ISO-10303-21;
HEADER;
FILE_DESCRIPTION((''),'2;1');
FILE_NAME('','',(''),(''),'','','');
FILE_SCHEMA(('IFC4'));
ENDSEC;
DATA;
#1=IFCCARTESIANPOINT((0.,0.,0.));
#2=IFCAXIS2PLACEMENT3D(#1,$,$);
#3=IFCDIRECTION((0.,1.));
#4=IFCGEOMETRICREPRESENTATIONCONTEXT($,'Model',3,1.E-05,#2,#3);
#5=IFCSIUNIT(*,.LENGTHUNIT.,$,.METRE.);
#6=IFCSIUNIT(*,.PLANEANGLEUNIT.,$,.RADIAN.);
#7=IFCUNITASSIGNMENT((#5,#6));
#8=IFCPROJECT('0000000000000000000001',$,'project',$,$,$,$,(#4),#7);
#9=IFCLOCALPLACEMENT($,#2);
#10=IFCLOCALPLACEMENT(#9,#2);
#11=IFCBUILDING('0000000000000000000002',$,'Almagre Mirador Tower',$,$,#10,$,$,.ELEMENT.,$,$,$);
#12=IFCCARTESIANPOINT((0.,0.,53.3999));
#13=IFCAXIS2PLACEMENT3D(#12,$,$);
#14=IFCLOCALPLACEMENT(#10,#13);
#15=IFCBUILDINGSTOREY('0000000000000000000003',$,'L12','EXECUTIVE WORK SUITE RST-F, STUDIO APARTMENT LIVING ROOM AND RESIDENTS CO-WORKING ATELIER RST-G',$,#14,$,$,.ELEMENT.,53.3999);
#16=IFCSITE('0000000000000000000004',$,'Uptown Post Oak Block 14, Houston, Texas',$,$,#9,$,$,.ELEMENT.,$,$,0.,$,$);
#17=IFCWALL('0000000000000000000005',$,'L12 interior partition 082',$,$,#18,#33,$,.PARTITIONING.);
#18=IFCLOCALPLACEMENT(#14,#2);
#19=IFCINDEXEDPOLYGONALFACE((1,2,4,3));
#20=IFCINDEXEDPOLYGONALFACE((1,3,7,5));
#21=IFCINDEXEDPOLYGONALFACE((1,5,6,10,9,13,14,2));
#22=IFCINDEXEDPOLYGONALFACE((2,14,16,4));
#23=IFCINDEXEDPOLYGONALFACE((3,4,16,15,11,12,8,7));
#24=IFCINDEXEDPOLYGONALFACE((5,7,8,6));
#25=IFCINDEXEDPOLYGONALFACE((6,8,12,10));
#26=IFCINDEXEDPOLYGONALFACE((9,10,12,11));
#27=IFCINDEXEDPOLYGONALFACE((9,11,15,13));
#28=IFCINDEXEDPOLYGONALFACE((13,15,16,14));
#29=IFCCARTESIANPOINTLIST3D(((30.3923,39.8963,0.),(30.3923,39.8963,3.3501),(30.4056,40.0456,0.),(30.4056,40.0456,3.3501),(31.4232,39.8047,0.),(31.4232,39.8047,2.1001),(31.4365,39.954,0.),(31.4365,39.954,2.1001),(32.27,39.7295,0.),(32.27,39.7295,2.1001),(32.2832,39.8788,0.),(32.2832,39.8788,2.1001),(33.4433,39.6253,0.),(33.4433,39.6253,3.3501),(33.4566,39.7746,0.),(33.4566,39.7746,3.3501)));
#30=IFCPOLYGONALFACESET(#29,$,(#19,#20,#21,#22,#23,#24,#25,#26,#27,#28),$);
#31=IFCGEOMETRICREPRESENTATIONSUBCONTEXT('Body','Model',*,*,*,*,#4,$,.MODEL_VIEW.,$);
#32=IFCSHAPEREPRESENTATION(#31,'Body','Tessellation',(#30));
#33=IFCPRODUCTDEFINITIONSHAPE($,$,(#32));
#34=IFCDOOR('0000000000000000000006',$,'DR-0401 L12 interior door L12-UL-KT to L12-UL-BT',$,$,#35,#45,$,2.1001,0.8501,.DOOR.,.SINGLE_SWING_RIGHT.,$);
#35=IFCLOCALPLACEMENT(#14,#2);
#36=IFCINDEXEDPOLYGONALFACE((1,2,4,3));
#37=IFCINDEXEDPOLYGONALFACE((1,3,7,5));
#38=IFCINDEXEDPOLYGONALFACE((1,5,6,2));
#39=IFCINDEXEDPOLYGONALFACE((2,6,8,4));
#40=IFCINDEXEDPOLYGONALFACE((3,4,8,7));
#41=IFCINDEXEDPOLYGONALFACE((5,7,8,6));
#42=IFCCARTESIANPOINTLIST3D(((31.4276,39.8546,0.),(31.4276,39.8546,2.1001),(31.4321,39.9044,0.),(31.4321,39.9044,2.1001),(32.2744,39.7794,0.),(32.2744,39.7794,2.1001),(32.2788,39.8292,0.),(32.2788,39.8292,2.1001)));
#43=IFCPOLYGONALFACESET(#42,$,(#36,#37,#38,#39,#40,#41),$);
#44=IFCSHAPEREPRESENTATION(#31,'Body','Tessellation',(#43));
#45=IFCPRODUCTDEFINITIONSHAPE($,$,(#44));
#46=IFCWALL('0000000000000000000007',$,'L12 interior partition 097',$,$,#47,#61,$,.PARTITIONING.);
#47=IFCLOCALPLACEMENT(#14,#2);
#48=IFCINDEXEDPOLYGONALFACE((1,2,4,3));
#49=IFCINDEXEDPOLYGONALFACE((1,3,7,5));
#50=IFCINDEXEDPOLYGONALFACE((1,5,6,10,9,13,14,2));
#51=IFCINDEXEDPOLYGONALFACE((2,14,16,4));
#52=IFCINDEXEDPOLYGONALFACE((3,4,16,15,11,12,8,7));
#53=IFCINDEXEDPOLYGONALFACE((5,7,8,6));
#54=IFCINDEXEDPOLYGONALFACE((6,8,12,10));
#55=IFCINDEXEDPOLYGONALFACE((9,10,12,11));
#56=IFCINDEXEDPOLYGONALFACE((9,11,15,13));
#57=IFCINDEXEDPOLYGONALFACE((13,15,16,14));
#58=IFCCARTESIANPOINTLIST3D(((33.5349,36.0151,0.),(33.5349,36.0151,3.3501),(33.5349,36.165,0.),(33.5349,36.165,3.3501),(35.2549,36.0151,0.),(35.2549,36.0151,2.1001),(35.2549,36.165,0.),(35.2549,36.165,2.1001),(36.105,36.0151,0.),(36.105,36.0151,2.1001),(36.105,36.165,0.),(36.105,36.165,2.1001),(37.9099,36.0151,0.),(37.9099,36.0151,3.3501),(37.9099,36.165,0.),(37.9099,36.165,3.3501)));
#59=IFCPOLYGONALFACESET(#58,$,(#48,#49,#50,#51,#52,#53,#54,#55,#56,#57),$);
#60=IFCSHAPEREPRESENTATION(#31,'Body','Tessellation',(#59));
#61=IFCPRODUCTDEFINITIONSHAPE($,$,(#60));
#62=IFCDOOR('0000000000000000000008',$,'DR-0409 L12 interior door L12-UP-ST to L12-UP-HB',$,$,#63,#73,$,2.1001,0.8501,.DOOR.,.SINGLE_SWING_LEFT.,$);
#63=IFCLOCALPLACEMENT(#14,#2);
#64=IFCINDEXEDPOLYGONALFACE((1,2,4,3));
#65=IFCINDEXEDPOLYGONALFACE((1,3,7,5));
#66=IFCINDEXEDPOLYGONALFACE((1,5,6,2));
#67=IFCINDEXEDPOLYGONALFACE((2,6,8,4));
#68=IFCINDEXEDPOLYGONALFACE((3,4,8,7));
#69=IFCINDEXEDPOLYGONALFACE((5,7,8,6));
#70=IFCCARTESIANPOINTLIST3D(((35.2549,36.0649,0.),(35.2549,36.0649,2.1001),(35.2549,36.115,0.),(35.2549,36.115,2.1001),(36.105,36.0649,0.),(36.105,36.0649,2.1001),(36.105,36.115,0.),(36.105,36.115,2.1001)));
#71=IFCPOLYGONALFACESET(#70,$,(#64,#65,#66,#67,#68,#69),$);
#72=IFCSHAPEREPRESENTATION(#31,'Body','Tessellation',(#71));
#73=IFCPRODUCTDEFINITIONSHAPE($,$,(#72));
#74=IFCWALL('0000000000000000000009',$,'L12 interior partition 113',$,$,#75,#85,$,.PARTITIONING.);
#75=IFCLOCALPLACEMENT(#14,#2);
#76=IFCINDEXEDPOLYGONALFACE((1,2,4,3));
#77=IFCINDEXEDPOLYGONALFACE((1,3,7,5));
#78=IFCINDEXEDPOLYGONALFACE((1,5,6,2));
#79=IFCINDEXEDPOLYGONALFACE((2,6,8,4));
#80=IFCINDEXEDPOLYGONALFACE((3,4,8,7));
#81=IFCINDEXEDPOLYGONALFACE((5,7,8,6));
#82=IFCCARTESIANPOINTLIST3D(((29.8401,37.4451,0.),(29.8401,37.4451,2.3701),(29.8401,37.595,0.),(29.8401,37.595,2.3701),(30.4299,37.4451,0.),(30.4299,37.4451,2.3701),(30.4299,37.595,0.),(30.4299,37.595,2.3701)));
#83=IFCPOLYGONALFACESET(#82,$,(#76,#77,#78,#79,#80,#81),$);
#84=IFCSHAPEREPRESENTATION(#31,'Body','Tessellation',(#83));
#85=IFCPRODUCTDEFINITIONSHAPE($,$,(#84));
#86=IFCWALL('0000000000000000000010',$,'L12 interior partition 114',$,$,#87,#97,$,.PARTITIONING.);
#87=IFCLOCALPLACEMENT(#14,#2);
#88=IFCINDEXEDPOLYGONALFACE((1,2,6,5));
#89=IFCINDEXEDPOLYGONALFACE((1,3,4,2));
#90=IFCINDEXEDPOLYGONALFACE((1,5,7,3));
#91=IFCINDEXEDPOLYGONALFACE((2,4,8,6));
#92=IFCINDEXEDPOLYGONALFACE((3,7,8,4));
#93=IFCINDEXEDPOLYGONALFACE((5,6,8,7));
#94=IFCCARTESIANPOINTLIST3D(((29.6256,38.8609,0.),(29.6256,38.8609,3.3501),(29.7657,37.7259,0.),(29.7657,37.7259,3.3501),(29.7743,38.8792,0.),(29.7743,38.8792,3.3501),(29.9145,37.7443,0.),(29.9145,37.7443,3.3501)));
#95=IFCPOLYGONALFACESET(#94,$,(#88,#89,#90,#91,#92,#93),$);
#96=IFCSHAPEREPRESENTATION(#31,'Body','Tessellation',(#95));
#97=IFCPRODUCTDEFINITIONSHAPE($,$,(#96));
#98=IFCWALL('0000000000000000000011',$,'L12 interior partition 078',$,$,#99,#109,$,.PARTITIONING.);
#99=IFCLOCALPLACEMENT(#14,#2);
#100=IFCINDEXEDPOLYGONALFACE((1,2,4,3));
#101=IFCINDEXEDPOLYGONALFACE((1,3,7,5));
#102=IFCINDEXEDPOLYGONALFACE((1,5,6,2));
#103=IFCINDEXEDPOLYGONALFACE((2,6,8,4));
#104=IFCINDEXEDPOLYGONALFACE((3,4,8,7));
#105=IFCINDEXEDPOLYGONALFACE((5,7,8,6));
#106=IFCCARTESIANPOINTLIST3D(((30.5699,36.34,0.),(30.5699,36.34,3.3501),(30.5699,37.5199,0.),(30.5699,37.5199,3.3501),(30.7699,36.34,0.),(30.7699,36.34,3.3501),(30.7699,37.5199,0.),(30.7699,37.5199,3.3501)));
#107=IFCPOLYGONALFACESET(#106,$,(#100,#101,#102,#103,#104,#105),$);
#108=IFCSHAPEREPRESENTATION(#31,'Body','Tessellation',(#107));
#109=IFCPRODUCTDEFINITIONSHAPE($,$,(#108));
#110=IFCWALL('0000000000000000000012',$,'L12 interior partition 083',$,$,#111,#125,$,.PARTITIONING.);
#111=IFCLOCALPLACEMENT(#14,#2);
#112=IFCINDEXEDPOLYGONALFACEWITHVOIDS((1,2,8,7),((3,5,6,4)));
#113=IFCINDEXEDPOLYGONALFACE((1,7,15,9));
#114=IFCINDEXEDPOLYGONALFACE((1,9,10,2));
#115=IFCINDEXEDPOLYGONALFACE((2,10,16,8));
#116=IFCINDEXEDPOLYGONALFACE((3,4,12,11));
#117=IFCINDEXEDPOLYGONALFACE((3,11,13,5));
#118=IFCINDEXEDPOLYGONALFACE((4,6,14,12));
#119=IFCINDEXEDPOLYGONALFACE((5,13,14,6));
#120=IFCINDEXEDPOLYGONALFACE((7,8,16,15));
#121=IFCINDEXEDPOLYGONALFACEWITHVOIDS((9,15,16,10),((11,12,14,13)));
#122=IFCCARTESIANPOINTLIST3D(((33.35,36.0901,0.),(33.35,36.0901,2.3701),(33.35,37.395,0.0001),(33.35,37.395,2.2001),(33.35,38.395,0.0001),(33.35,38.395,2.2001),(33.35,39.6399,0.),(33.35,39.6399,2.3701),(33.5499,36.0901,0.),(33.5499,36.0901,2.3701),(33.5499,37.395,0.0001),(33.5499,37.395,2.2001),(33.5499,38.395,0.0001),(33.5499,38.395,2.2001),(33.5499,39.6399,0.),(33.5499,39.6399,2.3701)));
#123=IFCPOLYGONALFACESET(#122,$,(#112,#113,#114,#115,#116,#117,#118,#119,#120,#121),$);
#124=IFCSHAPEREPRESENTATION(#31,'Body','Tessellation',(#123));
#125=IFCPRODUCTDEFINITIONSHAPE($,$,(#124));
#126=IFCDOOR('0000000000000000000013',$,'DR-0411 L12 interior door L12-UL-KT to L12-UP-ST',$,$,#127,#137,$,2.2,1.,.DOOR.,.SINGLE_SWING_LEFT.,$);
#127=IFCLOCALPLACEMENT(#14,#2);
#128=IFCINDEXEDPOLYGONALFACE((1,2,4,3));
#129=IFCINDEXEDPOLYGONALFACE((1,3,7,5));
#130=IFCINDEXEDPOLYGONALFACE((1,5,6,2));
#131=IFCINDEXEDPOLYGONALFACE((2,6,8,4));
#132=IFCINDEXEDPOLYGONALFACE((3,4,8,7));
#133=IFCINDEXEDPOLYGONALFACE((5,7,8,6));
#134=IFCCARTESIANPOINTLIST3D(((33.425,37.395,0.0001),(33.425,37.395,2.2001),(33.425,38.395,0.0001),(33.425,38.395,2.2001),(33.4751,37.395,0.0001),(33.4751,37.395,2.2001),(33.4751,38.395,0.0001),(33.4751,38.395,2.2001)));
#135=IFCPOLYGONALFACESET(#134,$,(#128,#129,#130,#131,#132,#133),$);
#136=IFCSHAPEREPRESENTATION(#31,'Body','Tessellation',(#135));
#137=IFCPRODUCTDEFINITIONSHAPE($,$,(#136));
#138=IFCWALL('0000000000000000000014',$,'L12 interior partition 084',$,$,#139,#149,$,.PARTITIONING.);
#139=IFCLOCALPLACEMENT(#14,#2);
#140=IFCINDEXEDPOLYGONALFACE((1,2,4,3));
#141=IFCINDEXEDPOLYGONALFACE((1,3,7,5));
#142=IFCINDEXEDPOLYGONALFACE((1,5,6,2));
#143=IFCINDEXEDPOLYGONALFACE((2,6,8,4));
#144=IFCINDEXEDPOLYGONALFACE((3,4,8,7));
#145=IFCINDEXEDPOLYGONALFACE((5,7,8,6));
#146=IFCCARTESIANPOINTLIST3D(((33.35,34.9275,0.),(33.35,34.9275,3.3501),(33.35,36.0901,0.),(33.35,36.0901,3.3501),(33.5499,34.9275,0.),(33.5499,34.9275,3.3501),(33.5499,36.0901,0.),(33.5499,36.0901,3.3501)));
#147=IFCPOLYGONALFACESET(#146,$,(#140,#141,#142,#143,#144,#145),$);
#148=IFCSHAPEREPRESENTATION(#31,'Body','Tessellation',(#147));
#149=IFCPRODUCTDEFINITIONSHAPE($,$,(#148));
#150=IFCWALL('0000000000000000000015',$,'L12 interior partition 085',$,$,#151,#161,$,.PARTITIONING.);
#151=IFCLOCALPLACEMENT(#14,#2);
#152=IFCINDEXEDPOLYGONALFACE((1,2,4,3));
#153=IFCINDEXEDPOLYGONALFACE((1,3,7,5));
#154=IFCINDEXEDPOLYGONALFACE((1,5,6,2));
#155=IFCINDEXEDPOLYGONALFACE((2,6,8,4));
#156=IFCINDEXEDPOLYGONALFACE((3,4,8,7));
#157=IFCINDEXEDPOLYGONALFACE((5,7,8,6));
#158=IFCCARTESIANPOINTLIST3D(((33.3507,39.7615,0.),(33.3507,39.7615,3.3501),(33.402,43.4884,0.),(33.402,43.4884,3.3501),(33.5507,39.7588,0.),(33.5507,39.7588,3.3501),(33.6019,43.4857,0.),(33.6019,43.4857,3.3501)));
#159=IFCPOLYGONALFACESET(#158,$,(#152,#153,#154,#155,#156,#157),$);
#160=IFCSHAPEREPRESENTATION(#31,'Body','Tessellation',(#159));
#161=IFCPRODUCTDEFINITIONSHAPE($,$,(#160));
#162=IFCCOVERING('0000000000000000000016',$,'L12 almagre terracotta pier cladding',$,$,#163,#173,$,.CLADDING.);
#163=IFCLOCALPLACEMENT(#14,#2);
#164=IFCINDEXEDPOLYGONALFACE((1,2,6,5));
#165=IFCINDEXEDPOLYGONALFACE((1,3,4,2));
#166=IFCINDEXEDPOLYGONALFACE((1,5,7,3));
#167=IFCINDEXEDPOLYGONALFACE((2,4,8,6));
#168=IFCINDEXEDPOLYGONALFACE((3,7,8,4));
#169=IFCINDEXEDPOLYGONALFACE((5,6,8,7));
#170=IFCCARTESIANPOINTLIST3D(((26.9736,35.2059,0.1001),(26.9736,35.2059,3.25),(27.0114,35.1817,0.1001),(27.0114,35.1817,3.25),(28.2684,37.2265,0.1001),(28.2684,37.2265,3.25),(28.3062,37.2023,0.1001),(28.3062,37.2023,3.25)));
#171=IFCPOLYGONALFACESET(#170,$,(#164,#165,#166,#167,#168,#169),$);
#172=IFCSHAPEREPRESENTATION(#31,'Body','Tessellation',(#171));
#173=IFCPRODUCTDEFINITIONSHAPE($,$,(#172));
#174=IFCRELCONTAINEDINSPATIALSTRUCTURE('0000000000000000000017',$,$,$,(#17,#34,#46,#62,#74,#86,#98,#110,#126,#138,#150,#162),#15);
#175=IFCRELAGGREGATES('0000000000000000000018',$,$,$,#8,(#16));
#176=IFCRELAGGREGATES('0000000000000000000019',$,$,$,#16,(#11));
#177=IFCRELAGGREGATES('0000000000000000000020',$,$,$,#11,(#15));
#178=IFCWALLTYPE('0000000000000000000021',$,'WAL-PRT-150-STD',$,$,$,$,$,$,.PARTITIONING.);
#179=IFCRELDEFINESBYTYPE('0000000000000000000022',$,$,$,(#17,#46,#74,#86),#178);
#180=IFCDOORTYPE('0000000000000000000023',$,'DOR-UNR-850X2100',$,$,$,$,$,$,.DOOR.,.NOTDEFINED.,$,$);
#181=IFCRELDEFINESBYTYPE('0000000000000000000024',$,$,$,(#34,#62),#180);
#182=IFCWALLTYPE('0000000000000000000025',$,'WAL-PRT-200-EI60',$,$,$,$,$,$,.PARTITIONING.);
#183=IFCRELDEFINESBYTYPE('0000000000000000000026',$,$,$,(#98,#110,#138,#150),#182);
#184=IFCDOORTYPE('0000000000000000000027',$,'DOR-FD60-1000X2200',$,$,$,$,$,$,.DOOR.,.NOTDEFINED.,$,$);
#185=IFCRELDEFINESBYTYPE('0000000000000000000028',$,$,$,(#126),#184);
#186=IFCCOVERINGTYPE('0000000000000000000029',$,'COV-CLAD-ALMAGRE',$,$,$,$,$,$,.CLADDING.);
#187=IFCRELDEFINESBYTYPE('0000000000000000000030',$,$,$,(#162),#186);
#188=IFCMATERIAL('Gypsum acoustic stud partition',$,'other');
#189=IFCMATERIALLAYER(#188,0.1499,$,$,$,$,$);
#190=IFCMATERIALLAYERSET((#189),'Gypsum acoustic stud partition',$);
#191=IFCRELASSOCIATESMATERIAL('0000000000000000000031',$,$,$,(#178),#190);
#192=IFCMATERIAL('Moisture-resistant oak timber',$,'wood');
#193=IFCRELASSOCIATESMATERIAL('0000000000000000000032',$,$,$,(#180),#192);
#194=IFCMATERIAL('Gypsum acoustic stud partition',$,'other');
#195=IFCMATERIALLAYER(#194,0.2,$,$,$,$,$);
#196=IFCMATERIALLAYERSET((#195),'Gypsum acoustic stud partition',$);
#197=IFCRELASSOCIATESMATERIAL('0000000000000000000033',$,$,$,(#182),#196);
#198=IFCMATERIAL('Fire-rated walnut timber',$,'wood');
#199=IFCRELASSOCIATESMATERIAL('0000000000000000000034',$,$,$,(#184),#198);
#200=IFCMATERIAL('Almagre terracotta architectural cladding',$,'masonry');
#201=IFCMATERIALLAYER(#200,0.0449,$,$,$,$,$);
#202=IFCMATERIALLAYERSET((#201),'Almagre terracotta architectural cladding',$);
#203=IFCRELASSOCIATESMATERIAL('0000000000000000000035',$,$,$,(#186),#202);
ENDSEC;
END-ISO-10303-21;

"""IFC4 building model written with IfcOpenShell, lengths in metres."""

from ifc_helpers import new_model, si_unit, direction, frame, frame_2d, origin, origin_2d, place, context, subcontext, project, spatial, rectangle, extrude, material, layer, layer_set, type_object, element, fill, save


model = new_model("IFC4")

# Units and contexts
model_context = context("Model", 3, precision=1e-05, world=origin(), true_north=direction((0.0, 1.0)))
body_context = subcontext(model_context, "Body", "Model", "MODEL_VIEW")
ifc_project = project(units=[si_unit("LENGTHUNIT", "METRE"), si_unit("PLANEANGLEUNIT", "RADIAN")], contexts=[model_context])

# Site, building, storey
site_placement = place(None, origin())
site = spatial("IfcSite", under=ifc_project, at=site_placement, Name="Uptown Post Oak Block 14, Houston, Texas", CompositionType="ELEMENT", RefElevation=0.0)
building_placement = place(site_placement, origin())
building = spatial("IfcBuilding", under=site, at=building_placement, Name="Almagre Mirador Tower", CompositionType="ELEMENT")
storey_placement = place(building_placement, frame((0.0, 0.0, 53.3999)))
storey = spatial("IfcBuildingStorey", under=building, at=storey_placement, Name="L12", Description="EXECUTIVE WORK SUITE RST-F, STUDIO APARTMENT LIVING ROOM AND RESIDENTS CO-WORKING ATELIER RST-G", CompositionType="ELEMENT", Elevation=53.3999)

# Shared definitions
ifc_material_1 = material(Name="Gypsum acoustic stud partition", Category="other")
ifc_layer_1 = layer(ifc_material_1, 0.1499)
ifc_layer_set_1 = layer_set([ifc_layer_1], Name="Gypsum acoustic stud partition")
wall_type_1 = type_object("IfcWallType", Name="WAL-PRT-150-STD", PredefinedType="PARTITIONING", material=ifc_layer_set_1)

# Walls, openings, doors
wall_1_placement = place(storey_placement, frame((33.45, 39.7, 0.0), z_axis=(0.0, 0.0, 1.0), x_axis=(-0.996079, 0.088473, 0.0)))
wall_1 = element("IfcWall", 1, at=wall_1_placement, inside=storey, type_object=wall_type_1, Name="L12 interior partition 082", PredefinedType="PARTITIONING", context=body_context, shape_type="SweptSolid", body=[
    extrude(rectangle(XDim=3.063, YDim=0.1499, at=frame_2d((1.5315, 0.0))), origin(), (0.0, 0.0, 1.0), 3.3501),
])
opening_1_placement = place(wall_1_placement, frame((1.178, 0.0, 0.0)))
opening_1 = element("IfcOpeningElement", 2, at=opening_1_placement, cuts=wall_1, PredefinedType="OPENING", context=body_context, shape_type="SweptSolid", body=[
    extrude(rectangle(XDim=0.8501, YDim=2.1001, at=frame_2d((0.425, 1.05))), frame((0.0, 0.085, 0.0), z_axis=(0.0, -1.0, 0.0), x_axis=(1.0, 0.0, 0.0)), (0.0, 0.0, 1.0), 0.1699),
])
ifc_material_2 = material(Name="Moisture-resistant oak timber", Category="wood")
door_type_1 = type_object("IfcDoorType", Name="DOR-UNR-850X2100", OperationType="NOTDEFINED", PredefinedType="DOOR", material=ifc_material_2)
door_1_placement = place(opening_1_placement, origin())
door_1 = element("IfcDoor", 3, at=door_1_placement, inside=storey, type_object=door_type_1, Name="DR-0401 L12 interior door L12-UL-KT to L12-UL-BT", OperationType="SINGLE_SWING_RIGHT", OverallHeight=2.1001, OverallWidth=0.8501, PredefinedType="DOOR", context=body_context, shape_type="SweptSolid", body=[
    extrude(rectangle(XDim=0.8501, YDim=2.1001, at=frame_2d((0.425, 1.05))), frame((0.0, 0.0249, 0.0), z_axis=(0.0, -1.0, 0.0), x_axis=(1.0, 0.0, 0.0)), (0.0, 0.0, 1.0), 0.05),
])
fill(opening_1, door_1)
wall_2_placement = place(storey_placement, frame((33.5349, 36.0901, 0.0), z_axis=(0.0, 0.0, 1.0), x_axis=(1.0, 0.0, 0.0)))
wall_2 = element("IfcWall", 4, at=wall_2_placement, inside=storey, type_object=wall_type_1, Name="L12 interior partition 097", PredefinedType="PARTITIONING", context=body_context, shape_type="SweptSolid", body=[
    extrude(rectangle(XDim=4.375, YDim=0.1499, at=frame_2d((2.1875, 0.0))), origin(), (0.0, 0.0, 1.0), 3.3501),
])
opening_2_placement = place(wall_2_placement, frame((1.72, 0.0, 0.0)))
opening_2 = element("IfcOpeningElement", 5, at=opening_2_placement, cuts=wall_2, PredefinedType="OPENING", context=body_context, shape_type="SweptSolid", body=[
    extrude(rectangle(XDim=0.8501, YDim=2.1001, at=frame_2d((0.425, 1.05))), frame((0.0, 0.085, 0.0), z_axis=(0.0, -1.0, 0.0), x_axis=(1.0, 0.0, 0.0)), (0.0, 0.0, 1.0), 0.1699),
])
door_2_placement = place(opening_2_placement, origin())
door_2 = element("IfcDoor", 6, at=door_2_placement, inside=storey, type_object=door_type_1, Name="DR-0409 L12 interior door L12-UP-ST to L12-UP-HB", OperationType="SINGLE_SWING_LEFT", OverallHeight=2.1001, OverallWidth=0.8501, PredefinedType="DOOR", context=body_context, shape_type="SweptSolid", body=[
    extrude(rectangle(XDim=0.8501, YDim=2.1001, at=frame_2d((0.425, 1.05))), frame((0.0, 0.0249, 0.0), z_axis=(0.0, -1.0, 0.0), x_axis=(1.0, 0.0, 0.0)), (0.0, 0.0, 1.0), 0.05),
])
fill(opening_2, door_2)

# Walls
wall_3_placement = place(storey_placement, frame((30.4299, 37.52, 0.0), z_axis=(0.0, 0.0, 1.0), x_axis=(-1.0, 0.0, 0.0)))
element("IfcWall", 7, at=wall_3_placement, inside=storey, type_object=wall_type_1, Name="L12 interior partition 113", PredefinedType="PARTITIONING", context=body_context, shape_type="SweptSolid", body=[
    extrude(rectangle(XDim=0.5898, YDim=0.1499, at=frame_2d((0.2949, 0.0))), origin(), (0.0, 0.0, 1.0), 2.3701),
])
wall_4_placement = place(storey_placement, frame((29.8401, 37.7351, 0.0), z_axis=(0.0, 0.0, 1.0), x_axis=(-0.122537, 0.992464, 0.0)))
element("IfcWall", 8, at=wall_4_placement, inside=storey, type_object=wall_type_1, Name="L12 interior partition 114", PredefinedType="PARTITIONING", context=body_context, shape_type="SweptSolid", body=[
    extrude(rectangle(XDim=1.1436, YDim=0.1499, at=frame_2d((0.5718, 0.0))), origin(), (0.0, 0.0, 1.0), 3.3501),
])
ifc_material_3 = material(Name="Gypsum acoustic stud partition", Category="other")
ifc_layer_2 = layer(ifc_material_3, 0.2)
ifc_layer_set_2 = layer_set([ifc_layer_2], Name="Gypsum acoustic stud partition")
wall_type_2 = type_object("IfcWallType", Name="WAL-PRT-200-EI60", PredefinedType="PARTITIONING", material=ifc_layer_set_2)
wall_5_placement = place(storey_placement, frame((30.6699, 36.3401, 0.0), z_axis=(0.0, 0.0, 1.0), x_axis=(0.0, 1.0, 0.0)))
element("IfcWall", 9, at=wall_5_placement, inside=storey, type_object=wall_type_2, Name="L12 interior partition 078", PredefinedType="PARTITIONING", context=body_context, shape_type="SweptSolid", body=[
    extrude(rectangle(XDim=1.1799, YDim=0.2, at=frame_2d((0.5898, 0.0))), origin(), (0.0, 0.0, 1.0), 3.3501),
])

# Wall, opening, door
wall_6_placement = place(storey_placement, frame((33.45, 36.0901, 0.0), z_axis=(0.0, 0.0, 1.0), x_axis=(0.0, 1.0, 0.0)))
wall_6 = element("IfcWall", 10, at=wall_6_placement, inside=storey, type_object=wall_type_2, Name="L12 interior partition 083", PredefinedType="PARTITIONING", context=body_context, shape_type="SweptSolid", body=[
    extrude(rectangle(XDim=3.5498, YDim=0.2, at=frame_2d((1.7749, 0.0))), origin(), (0.0, 0.0, 1.0), 2.3701),
])
opening_3_placement = place(wall_6_placement, frame((1.3049, 0.0, 0.0)))
opening_3 = element("IfcOpeningElement", 11, at=opening_3_placement, cuts=wall_6, PredefinedType="OPENING", context=body_context, shape_type="SweptSolid", body=[
    extrude(rectangle(XDim=1.0, YDim=2.2, at=frame_2d((0.5, 1.1001))), frame((0.0, 0.1101, 0.0), z_axis=(0.0, -1.0, 0.0), x_axis=(1.0, 0.0, 0.0)), (0.0, 0.0, 1.0), 0.22),
])
ifc_material_4 = material(Name="Fire-rated walnut timber", Category="wood")
door_type_2 = type_object("IfcDoorType", Name="DOR-FD60-1000X2200", OperationType="NOTDEFINED", PredefinedType="DOOR", material=ifc_material_4)
door_3_placement = place(opening_3_placement, origin())
door_3 = element("IfcDoor", 12, at=door_3_placement, inside=storey, type_object=door_type_2, Name="DR-0411 L12 interior door L12-UL-KT to L12-UP-ST", OperationType="SINGLE_SWING_LEFT", OverallHeight=2.2, OverallWidth=1.0, PredefinedType="DOOR", context=body_context, shape_type="SweptSolid", body=[
    extrude(rectangle(XDim=1.0, YDim=2.2, at=frame_2d((0.5, 1.1001))), frame((0.0, 0.0249, 0.0), z_axis=(0.0, -1.0, 0.0), x_axis=(1.0, 0.0, 0.0)), (0.0, 0.0, 1.0), 0.05),
])
fill(opening_3, door_3)

# Walls
wall_7_placement = place(storey_placement, frame((33.45, 34.9275, 0.0), z_axis=(0.0, 0.0, 1.0), x_axis=(0.0, 1.0, 0.0)))
element("IfcWall", 13, at=wall_7_placement, inside=storey, type_object=wall_type_2, Name="L12 interior partition 084", PredefinedType="PARTITIONING", context=body_context, shape_type="SweptSolid", body=[
    extrude(rectangle(XDim=1.1626, YDim=0.2, at=frame_2d((0.5813, 0.0))), origin(), (0.0, 0.0, 1.0), 3.3501),
])
wall_8_placement = place(storey_placement, frame((33.4507, 39.76, 0.0), z_axis=(0.0, 0.0, 1.0), x_axis=(0.013755, 0.999905, 0.0)))
element("IfcWall", 14, at=wall_8_placement, inside=storey, type_object=wall_type_2, Name="L12 interior partition 085", PredefinedType="PARTITIONING", context=body_context, shape_type="SweptSolid", body=[
    extrude(rectangle(XDim=3.7273, YDim=0.2, at=frame_2d((1.8638, 0.0))), origin(), (0.0, 0.0, 1.0), 3.3501),
])

# Covering
ifc_material_5 = material(Name="Almagre terracotta architectural cladding", Category="masonry")
ifc_layer_3 = layer(ifc_material_5, 0.0449)
ifc_layer_set_3 = layer_set([ifc_layer_3], Name="Almagre terracotta architectural cladding")
covering_type = type_object("IfcCoveringType", Name="COV-CLAD-ALMAGRE", PredefinedType="CLADDING", material=ifc_layer_set_3)
for number, where, z_axis, x_axis, name in (
    (15, (27.6399, 36.2041, 0.1001), (0.0, 0.0, 1.0), (0.53952, 0.841972, 0.0), "L12 almagre terracotta pier cladding"),
):
    element("IfcCovering", number, at=place(storey_placement, frame(where, z_axis=z_axis, x_axis=x_axis)), inside=storey, type_object=covering_type, Name=name, PredefinedType="CLADDING", context=body_context, shape_type="SweptSolid", body=[
        extrude(rectangle(XDim=2.3999, YDim=0.0449, at=origin_2d()), origin(), (0.0, 0.0, 1.0), 3.1499),
    ])

save(model, "model.ifc")
